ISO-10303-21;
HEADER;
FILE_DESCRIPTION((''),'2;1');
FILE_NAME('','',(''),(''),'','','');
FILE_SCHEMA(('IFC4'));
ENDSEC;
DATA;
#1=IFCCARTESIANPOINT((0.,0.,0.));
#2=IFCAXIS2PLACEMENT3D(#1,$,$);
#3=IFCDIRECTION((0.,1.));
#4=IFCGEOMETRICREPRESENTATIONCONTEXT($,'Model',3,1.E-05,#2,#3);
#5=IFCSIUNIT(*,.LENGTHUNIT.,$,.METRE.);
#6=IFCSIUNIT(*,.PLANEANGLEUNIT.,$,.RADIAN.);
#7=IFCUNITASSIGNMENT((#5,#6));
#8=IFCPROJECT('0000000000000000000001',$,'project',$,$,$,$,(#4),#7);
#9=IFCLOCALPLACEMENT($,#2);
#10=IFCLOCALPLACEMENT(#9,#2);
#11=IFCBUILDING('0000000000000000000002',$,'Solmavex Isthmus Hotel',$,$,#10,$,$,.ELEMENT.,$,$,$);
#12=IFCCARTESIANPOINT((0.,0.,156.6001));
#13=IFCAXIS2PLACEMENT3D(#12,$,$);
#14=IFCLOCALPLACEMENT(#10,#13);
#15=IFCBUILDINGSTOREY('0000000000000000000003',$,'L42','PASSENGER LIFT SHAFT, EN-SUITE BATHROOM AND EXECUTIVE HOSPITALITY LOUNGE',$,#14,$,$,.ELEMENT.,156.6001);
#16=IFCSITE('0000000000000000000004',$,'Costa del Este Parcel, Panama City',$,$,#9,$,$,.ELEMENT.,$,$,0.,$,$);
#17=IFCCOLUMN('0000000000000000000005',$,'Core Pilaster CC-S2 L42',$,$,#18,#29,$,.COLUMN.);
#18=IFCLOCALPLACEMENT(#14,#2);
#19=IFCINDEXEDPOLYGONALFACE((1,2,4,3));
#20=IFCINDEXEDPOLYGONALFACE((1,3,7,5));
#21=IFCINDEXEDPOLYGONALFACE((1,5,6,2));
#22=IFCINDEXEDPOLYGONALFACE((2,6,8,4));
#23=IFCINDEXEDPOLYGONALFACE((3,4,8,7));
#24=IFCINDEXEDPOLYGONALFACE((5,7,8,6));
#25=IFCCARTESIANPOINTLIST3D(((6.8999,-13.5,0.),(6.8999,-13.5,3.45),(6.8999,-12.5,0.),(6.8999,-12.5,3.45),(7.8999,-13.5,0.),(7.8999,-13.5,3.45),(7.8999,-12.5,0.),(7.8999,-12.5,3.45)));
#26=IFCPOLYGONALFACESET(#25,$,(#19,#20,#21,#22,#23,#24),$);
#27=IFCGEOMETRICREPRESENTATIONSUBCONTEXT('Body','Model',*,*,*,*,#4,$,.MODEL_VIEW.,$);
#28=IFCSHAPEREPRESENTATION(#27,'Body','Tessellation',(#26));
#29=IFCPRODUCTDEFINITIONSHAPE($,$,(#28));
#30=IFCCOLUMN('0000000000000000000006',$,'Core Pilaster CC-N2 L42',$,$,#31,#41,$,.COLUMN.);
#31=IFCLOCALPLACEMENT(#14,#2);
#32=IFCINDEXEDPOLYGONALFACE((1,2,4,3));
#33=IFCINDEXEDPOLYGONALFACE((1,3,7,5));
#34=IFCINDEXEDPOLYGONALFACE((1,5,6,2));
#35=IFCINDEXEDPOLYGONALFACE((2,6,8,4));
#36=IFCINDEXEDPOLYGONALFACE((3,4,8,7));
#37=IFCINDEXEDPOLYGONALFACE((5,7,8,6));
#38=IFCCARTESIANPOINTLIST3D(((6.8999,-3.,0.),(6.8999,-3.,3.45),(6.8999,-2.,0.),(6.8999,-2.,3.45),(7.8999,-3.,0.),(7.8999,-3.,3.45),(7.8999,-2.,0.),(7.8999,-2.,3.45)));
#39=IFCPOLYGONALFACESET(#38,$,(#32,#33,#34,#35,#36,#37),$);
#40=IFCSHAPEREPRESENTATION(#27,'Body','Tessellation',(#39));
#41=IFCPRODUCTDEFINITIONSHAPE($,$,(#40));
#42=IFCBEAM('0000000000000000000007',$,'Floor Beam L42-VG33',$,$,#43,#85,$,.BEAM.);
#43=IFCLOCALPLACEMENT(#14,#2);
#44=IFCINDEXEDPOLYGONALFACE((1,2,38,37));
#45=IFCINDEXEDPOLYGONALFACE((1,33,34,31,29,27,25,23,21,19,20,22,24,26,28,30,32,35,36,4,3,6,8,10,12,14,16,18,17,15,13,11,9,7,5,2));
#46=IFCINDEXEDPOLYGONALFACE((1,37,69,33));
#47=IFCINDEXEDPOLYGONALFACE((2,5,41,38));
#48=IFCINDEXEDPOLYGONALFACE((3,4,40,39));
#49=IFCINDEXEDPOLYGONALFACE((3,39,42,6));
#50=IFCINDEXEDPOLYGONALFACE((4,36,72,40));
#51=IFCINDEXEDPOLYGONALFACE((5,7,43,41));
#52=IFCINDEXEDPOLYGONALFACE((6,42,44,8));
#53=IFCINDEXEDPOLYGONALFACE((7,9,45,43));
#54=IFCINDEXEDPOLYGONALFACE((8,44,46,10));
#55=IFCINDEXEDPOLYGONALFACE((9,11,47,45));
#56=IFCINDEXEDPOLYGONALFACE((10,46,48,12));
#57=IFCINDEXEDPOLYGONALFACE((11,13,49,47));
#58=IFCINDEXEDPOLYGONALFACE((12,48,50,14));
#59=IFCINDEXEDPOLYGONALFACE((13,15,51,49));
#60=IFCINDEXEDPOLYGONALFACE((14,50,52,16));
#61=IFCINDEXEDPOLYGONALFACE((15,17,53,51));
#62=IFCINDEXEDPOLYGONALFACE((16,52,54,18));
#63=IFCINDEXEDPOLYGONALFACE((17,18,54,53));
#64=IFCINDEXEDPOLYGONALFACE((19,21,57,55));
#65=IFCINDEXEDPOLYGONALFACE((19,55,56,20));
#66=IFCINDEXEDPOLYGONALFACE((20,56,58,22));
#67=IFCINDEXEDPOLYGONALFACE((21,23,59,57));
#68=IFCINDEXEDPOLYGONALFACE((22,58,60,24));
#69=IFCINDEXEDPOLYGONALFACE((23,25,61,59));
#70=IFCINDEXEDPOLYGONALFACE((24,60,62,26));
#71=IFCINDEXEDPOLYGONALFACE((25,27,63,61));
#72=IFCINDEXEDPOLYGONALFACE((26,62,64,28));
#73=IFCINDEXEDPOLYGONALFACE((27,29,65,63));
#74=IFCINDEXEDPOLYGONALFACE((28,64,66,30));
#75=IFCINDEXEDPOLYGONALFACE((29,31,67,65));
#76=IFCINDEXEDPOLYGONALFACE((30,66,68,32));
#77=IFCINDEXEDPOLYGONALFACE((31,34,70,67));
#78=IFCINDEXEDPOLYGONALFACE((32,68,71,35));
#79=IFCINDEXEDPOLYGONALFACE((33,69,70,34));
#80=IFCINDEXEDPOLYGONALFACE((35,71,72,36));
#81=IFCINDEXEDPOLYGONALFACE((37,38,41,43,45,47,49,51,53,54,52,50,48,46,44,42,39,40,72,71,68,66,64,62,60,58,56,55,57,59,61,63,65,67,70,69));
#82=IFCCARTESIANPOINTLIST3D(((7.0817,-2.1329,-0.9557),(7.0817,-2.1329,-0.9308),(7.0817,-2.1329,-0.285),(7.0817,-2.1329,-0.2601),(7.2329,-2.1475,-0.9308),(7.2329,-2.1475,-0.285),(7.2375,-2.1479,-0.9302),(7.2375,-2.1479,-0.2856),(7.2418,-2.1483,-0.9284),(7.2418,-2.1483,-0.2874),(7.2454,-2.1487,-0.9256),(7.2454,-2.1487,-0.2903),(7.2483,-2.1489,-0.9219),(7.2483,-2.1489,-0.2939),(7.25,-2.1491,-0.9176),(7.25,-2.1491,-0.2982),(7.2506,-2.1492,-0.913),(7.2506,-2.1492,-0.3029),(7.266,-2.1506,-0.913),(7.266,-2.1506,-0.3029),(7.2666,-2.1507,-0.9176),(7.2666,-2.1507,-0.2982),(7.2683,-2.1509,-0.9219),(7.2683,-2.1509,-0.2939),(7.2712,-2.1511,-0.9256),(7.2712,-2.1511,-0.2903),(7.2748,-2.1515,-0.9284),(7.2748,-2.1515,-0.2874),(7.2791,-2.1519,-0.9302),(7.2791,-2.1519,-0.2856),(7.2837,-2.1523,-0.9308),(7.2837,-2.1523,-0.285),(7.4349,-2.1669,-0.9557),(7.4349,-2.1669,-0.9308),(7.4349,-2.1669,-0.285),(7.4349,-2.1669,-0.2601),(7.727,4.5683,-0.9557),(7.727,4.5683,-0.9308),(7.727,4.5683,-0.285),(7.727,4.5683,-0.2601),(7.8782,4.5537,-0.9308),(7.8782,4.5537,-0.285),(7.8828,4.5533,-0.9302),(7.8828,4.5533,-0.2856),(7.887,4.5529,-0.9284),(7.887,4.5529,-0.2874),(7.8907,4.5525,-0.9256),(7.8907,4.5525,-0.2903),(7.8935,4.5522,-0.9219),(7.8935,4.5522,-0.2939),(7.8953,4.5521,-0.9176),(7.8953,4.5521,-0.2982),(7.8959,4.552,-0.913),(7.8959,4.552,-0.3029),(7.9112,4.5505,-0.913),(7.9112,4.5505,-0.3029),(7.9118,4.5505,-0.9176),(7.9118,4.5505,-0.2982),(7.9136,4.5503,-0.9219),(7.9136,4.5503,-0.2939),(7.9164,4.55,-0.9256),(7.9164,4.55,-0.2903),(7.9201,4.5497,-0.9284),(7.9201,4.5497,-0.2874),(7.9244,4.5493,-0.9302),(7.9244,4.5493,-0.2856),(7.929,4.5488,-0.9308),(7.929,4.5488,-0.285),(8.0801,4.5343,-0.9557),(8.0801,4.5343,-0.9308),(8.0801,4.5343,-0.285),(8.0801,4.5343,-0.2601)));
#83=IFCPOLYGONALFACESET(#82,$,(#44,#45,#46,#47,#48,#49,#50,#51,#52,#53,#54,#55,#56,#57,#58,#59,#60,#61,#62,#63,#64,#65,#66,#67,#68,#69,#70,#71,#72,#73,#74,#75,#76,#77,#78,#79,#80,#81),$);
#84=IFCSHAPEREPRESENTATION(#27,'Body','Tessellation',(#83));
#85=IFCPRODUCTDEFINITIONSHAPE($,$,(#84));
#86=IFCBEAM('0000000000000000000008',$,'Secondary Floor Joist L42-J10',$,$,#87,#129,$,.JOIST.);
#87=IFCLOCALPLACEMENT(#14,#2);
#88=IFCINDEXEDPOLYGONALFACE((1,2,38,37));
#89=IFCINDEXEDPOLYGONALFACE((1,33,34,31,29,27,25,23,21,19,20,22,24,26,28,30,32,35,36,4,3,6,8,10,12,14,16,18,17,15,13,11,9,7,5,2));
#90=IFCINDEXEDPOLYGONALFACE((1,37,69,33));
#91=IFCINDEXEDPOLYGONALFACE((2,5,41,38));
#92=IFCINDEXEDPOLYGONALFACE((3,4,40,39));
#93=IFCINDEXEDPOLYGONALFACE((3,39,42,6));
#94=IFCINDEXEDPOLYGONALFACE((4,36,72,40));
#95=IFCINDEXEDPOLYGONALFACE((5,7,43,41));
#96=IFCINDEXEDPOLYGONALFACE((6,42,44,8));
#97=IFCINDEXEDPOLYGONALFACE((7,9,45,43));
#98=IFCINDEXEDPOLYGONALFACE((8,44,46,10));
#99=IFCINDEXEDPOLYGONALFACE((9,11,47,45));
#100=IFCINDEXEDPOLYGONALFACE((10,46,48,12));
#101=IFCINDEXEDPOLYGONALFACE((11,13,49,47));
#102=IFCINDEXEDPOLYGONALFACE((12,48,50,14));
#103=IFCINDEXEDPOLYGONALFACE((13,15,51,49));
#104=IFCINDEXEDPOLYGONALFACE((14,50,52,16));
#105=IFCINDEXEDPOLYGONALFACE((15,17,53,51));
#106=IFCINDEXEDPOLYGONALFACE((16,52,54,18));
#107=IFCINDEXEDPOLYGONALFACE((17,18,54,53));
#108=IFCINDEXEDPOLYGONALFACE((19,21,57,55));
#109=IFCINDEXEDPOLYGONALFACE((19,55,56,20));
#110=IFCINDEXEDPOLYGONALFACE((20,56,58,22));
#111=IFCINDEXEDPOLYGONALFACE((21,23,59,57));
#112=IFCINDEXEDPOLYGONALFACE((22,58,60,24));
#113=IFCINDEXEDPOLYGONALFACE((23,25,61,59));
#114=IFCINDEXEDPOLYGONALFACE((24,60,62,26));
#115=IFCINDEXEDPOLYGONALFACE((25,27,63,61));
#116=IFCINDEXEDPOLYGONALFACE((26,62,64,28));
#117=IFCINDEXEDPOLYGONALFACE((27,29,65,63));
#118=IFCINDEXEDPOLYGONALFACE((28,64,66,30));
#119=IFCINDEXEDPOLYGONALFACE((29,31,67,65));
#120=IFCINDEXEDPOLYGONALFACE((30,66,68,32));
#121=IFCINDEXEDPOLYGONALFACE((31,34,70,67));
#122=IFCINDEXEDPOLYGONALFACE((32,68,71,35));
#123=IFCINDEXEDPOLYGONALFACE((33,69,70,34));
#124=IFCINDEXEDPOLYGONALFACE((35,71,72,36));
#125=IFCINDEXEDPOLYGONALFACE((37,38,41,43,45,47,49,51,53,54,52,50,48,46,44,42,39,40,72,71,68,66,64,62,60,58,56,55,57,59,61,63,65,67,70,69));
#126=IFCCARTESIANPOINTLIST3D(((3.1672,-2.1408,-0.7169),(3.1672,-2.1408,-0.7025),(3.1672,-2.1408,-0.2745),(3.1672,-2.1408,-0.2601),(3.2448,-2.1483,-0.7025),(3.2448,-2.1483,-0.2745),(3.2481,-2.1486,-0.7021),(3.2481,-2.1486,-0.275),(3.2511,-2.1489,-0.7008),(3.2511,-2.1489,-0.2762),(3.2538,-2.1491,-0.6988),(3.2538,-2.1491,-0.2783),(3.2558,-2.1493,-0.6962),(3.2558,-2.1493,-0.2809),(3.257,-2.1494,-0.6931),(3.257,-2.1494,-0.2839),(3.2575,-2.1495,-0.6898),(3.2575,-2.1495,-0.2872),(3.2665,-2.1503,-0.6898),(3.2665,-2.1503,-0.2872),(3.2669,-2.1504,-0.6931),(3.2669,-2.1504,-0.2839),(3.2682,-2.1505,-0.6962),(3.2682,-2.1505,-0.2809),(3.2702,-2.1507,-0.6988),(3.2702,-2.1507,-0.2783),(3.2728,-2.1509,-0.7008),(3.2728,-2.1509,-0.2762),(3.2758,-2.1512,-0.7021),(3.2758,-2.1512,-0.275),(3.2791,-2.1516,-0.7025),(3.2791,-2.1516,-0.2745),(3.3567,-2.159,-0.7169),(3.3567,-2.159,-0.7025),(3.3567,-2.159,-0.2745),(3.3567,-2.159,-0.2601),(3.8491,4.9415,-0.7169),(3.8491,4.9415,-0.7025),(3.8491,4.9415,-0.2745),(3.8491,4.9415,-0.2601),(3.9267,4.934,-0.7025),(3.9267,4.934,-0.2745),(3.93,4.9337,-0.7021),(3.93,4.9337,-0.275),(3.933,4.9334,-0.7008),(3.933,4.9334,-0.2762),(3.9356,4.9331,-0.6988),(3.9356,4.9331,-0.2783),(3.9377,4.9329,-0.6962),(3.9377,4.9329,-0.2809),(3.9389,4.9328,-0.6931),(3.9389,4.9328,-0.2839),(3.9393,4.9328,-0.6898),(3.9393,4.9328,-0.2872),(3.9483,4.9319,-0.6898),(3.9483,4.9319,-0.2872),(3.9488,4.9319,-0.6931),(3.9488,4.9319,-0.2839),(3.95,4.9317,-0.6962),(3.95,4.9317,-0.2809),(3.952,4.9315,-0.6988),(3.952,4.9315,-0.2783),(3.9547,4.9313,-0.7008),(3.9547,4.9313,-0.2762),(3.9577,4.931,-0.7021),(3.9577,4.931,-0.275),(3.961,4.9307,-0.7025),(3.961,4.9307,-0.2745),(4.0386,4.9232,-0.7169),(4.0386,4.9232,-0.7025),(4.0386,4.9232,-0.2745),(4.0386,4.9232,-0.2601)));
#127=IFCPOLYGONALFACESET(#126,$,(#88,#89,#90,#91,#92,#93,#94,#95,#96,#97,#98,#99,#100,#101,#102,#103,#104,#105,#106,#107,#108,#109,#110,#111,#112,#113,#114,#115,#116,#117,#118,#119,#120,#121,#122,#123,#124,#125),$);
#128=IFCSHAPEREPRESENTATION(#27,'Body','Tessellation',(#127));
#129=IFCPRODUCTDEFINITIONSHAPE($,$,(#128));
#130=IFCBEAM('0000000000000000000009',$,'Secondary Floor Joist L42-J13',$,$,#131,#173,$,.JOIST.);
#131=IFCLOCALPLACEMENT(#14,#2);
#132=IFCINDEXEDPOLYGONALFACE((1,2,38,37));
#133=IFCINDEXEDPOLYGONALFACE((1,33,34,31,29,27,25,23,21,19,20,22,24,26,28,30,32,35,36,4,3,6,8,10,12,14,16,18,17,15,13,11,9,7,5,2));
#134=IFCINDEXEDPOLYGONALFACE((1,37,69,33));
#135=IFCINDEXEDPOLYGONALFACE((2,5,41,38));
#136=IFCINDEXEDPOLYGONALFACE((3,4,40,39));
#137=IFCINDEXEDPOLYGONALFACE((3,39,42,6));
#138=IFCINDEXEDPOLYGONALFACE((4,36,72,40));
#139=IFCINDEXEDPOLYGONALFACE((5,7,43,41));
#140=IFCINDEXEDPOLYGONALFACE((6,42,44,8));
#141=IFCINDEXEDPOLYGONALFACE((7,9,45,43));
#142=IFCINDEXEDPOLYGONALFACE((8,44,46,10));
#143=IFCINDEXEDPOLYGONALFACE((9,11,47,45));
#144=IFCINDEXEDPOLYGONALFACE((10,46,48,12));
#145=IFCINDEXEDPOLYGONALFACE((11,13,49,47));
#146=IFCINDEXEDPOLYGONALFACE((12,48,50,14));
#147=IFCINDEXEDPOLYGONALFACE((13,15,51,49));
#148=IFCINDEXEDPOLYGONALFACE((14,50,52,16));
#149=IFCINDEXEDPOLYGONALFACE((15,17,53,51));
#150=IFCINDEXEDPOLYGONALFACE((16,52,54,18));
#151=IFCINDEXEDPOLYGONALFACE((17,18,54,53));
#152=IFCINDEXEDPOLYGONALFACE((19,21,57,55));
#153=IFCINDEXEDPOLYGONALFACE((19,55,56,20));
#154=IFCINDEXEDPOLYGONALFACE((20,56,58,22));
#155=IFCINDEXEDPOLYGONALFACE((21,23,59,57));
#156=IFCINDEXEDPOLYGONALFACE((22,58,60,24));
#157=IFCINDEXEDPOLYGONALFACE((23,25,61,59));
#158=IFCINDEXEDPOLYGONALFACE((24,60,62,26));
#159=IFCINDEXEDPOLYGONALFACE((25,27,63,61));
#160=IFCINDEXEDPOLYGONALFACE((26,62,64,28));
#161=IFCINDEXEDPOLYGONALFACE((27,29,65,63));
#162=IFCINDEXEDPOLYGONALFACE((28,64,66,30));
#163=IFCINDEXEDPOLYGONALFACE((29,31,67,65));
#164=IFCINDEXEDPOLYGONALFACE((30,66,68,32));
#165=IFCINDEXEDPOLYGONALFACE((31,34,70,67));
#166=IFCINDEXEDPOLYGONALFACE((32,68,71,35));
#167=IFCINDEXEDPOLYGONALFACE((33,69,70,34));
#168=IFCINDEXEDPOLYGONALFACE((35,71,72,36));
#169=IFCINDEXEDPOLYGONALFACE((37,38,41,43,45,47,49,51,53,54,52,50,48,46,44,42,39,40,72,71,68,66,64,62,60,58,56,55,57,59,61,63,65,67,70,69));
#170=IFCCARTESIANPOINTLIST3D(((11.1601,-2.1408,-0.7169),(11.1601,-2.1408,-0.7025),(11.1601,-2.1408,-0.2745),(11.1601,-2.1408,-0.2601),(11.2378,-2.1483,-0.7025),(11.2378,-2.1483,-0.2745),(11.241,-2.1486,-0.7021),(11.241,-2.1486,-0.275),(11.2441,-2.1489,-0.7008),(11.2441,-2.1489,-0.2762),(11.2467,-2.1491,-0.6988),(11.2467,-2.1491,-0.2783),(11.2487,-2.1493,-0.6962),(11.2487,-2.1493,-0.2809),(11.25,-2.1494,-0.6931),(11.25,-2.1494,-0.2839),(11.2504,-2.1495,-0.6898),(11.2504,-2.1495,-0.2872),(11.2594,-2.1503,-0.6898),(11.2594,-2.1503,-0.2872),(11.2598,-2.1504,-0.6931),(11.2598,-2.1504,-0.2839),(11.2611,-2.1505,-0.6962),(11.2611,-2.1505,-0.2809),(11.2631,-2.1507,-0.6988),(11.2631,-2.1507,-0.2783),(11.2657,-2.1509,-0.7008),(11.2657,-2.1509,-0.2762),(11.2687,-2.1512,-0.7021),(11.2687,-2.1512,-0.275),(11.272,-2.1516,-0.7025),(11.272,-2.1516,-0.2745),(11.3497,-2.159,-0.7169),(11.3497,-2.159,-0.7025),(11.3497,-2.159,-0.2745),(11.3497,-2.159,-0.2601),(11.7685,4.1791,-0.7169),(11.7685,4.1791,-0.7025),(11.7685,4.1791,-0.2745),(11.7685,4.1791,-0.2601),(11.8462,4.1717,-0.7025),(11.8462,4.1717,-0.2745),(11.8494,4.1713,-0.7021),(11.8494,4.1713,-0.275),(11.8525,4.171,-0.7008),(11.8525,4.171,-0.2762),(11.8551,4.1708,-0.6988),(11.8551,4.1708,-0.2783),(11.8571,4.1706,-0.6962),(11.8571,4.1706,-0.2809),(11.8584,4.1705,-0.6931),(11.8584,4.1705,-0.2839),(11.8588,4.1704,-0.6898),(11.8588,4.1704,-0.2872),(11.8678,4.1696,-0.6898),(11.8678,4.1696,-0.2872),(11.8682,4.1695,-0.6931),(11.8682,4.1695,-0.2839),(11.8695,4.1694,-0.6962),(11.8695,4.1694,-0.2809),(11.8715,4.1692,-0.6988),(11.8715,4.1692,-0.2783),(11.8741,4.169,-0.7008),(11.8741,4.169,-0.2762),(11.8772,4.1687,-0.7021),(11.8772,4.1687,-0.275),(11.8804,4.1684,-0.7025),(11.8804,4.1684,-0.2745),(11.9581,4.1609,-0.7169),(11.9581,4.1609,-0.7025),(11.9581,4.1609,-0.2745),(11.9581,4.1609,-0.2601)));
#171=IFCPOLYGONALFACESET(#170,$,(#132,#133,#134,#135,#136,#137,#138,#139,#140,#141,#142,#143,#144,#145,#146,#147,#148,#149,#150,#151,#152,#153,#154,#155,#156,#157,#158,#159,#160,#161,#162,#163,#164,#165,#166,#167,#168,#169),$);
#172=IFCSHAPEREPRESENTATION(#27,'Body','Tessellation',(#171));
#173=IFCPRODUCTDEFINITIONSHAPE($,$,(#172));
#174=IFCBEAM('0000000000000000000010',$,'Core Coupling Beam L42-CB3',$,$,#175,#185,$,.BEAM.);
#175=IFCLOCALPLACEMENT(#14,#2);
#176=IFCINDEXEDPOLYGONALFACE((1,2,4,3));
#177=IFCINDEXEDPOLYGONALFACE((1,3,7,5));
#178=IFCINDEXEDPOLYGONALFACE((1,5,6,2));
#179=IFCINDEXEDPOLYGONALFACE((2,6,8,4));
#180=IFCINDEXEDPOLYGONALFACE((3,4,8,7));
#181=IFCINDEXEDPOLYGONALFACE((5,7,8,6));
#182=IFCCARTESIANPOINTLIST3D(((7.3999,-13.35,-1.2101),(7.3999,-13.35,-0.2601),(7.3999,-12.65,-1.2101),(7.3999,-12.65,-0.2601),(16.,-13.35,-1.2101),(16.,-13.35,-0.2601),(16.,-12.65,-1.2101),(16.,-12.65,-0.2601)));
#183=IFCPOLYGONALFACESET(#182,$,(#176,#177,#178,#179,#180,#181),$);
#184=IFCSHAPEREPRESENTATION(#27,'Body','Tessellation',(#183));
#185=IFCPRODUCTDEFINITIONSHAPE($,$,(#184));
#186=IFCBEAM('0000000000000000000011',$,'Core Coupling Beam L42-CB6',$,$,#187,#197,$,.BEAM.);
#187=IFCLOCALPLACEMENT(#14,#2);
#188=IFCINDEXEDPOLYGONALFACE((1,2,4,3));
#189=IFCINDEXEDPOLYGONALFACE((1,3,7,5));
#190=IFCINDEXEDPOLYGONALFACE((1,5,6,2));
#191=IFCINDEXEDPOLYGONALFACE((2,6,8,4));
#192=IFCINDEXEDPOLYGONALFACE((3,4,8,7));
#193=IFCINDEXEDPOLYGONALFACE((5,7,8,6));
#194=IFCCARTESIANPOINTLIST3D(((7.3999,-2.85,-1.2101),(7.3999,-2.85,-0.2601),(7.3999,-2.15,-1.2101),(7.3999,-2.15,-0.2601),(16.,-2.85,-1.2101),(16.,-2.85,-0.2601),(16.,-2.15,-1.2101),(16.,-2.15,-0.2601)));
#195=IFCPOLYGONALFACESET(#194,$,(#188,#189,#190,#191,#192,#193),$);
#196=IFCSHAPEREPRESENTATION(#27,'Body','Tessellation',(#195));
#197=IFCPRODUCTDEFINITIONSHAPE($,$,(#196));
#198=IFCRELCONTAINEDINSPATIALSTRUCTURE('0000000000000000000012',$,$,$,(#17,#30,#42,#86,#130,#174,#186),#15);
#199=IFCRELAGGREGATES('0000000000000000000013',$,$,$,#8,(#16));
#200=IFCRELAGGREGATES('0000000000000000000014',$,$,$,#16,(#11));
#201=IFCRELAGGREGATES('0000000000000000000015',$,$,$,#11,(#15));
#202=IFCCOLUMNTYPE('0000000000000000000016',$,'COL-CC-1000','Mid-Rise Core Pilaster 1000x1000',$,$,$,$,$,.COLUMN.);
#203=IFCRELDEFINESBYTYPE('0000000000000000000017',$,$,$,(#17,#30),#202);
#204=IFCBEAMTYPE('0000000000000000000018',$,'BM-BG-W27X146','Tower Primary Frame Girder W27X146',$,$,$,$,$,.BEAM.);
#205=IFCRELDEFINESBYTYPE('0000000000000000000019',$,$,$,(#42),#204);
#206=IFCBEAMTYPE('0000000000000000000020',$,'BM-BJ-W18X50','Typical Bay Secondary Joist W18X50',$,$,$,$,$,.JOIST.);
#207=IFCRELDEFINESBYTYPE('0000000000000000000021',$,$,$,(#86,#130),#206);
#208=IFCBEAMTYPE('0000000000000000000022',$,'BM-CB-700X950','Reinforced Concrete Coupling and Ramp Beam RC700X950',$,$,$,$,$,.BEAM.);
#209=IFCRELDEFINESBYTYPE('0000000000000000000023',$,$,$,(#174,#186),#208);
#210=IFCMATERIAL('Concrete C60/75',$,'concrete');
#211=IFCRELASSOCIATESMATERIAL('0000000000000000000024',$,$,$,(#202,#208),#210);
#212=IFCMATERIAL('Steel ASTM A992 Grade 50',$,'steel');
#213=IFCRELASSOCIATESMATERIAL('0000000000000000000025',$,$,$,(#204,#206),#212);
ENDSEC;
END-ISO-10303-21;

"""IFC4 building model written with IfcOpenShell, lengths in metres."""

from ifc_helpers import new_model, si_unit, direction, frame, origin, origin_2d, place, context, subcontext, project, spatial, rectangle, i_section, extrude, material, material_profile, profile_set, type_object, element, save


model = new_model("IFC4")

# Units and contexts
model_context = context("Model", 3, precision=1e-05, world=origin(), true_north=direction((0.0, 1.0)))
body_context = subcontext(model_context, "Body", "Model", "MODEL_VIEW")
ifc_project = project(units=[si_unit("LENGTHUNIT", "METRE"), si_unit("PLANEANGLEUNIT", "RADIAN")], contexts=[model_context])

# Site, building, storey
site_placement = place(None, origin())
site = spatial("IfcSite", under=ifc_project, at=site_placement, Name="Costa del Este Parcel, Panama City", CompositionType="ELEMENT", RefElevation=0.0)
building_placement = place(site_placement, origin())
building = spatial("IfcBuilding", under=site, at=building_placement, Name="Solmavex Isthmus Hotel", CompositionType="ELEMENT")
storey_placement = place(building_placement, frame((0.0, 0.0, 156.6001)))
storey = spatial("IfcBuildingStorey", under=building, at=storey_placement, Name="L42", Description="PASSENGER LIFT SHAFT, EN-SUITE BATHROOM AND EXECUTIVE HOSPITALITY LOUNGE", CompositionType="ELEMENT", Elevation=156.6001)

# Columns
ifc_material_1 = material(Name="Concrete C60/75", Category="concrete")
ifc_material_profile_1 = material_profile(ifc_material_1, rectangle(XDim=1.0, YDim=1.0, at=origin_2d()), Name="RC1000X1000")
ifc_profile_set_1 = profile_set([ifc_material_profile_1], Name="Concrete C60/75")
column_type = type_object("IfcColumnType", Name="COL-CC-1000", Description="Mid-Rise Core Pilaster 1000x1000", PredefinedType="COLUMN", material=ifc_profile_set_1)
for number, where, z_axis, x_axis, name in (
    (1, (7.3999, -13.0, 0.0), (0.0, 0.0, 1.0), (1.0, 0.0, 0.0), "Core Pilaster CC-S2 L42"),
    (2, (7.3999, -2.5, 0.0), (0.0, 0.0, 1.0), (1.0, 0.0, 0.0), "Core Pilaster CC-N2 L42"),
):
    element("IfcColumn", number, at=place(storey_placement, frame(where, z_axis=z_axis, x_axis=x_axis)), inside=storey, type_object=column_type, Name=name, PredefinedType="COLUMN", context=body_context, shape_type="SweptSolid", body=[
        extrude(rectangle(XDim=1.0, YDim=1.0, at=origin_2d()), origin(), (0.0, 0.0, 1.0), 3.45),
    ])

# Beams
ifc_material_2 = material(Name="Steel ASTM A992 Grade 50", Category="steel")
ifc_material_profile_2 = material_profile(ifc_material_2, i_section(OverallWidth=0.3547, OverallDepth=0.6956, WebThickness=0.0154, FlangeThickness=0.0249, FilletRadius=0.0178, at=origin_2d()), Name="W27X146")
ifc_profile_set_2 = profile_set([ifc_material_profile_2], Name="Steel ASTM A992 Grade 50")
beam_type_1 = type_object("IfcBeamType", Name="BM-BG-W27X146", Description="Tower Primary Frame Girder W27X146", PredefinedType="BEAM", material=ifc_profile_set_2)
beam_1_placement = place(storey_placement, frame((7.2583, -2.1499, -0.6079), z_axis=(0.095848, 0.995396, 0.0), x_axis=(-0.995396, 0.095848, 0.0)))
element("IfcBeam", 3, at=beam_1_placement, inside=storey, type_object=beam_type_1, Name="Floor Beam L42-VG33", PredefinedType="BEAM", context=body_context, shape_type="SweptSolid", body=[
    extrude(i_section(OverallWidth=0.3547, OverallDepth=0.6956, WebThickness=0.0154, FlangeThickness=0.0249, FilletRadius=0.0178, at=origin_2d()), origin(), (0.0, 0.0, 1.0), 6.7322),
])
ifc_material_profile_3 = material_profile(ifc_material_2, i_section(OverallWidth=0.1904, OverallDepth=0.4568, WebThickness=0.009, FlangeThickness=0.0144, FilletRadius=0.0127, at=origin_2d()), Name="W18X50")
ifc_profile_set_3 = profile_set([ifc_material_profile_3], Name="Steel ASTM A992 Grade 50")
beam_type_2 = type_object("IfcBeamType", Name="BM-BJ-W18X50", Description="Typical Bay Secondary Joist W18X50", PredefinedType="JOIST", material=ifc_profile_set_3)
beam_2_placement = place(storey_placement, frame((3.262, -2.1499, -0.4885), z_axis=(0.095837, 0.995397, 0.0), x_axis=(-0.995397, 0.095837, 0.0)))
element("IfcBeam", 4, at=beam_2_placement, inside=storey, type_object=beam_type_2, Name="Secondary Floor Joist L42-J10", PredefinedType="JOIST", context=body_context, shape_type="SweptSolid", body=[
    extrude(i_section(OverallWidth=0.1904, OverallDepth=0.4568, WebThickness=0.009, FlangeThickness=0.0144, FilletRadius=0.0127, at=origin_2d()), origin(), (0.0, 0.0, 1.0), 7.115),
])
beam_3_placement = place(storey_placement, frame((11.2549, -2.1499, -0.4885), z_axis=(0.095825, 0.995398, 0.0), x_axis=(-0.995398, 0.095825, 0.0)))
element("IfcBeam", 5, at=beam_3_placement, inside=storey, type_object=beam_type_2, Name="Secondary Floor Joist L42-J13", PredefinedType="JOIST", context=body_context, shape_type="SweptSolid", body=[
    extrude(i_section(OverallWidth=0.1904, OverallDepth=0.4568, WebThickness=0.009, FlangeThickness=0.0144, FilletRadius=0.0127, at=origin_2d()), origin(), (0.0, 0.0, 1.0), 6.3491),
])
ifc_material_profile_4 = material_profile(ifc_material_1, rectangle(XDim=0.7, YDim=0.95, at=origin_2d()), Name="RC700X950")
ifc_profile_set_4 = profile_set([ifc_material_profile_4], Name="Concrete C60/75")
beam_type_3 = type_object("IfcBeamType", Name="BM-CB-700X950", Description="Reinforced Concrete Coupling and Ramp Beam RC700X950", PredefinedType="BEAM", material=ifc_profile_set_4)
for number, where, z_axis, x_axis, name in (
    (6, (7.3999, -13.0, -0.7351), (1.0, 0.0, 0.0), (0.0, 1.0, 0.0), "Core Coupling Beam L42-CB3"),
    (7, (7.3999, -2.5, -0.7351), (1.0, 0.0, 0.0), (0.0, 1.0, 0.0), "Core Coupling Beam L42-CB6"),
):
    element("IfcBeam", number, at=place(storey_placement, frame(where, z_axis=z_axis, x_axis=x_axis)), inside=storey, type_object=beam_type_3, Name=name, PredefinedType="BEAM", context=body_context, shape_type="SweptSolid", body=[
        extrude(rectangle(XDim=0.7, YDim=0.95, at=origin_2d()), origin(), (0.0, 0.0, 1.0), 8.6001),
    ])

save(model, "model.ifc")
